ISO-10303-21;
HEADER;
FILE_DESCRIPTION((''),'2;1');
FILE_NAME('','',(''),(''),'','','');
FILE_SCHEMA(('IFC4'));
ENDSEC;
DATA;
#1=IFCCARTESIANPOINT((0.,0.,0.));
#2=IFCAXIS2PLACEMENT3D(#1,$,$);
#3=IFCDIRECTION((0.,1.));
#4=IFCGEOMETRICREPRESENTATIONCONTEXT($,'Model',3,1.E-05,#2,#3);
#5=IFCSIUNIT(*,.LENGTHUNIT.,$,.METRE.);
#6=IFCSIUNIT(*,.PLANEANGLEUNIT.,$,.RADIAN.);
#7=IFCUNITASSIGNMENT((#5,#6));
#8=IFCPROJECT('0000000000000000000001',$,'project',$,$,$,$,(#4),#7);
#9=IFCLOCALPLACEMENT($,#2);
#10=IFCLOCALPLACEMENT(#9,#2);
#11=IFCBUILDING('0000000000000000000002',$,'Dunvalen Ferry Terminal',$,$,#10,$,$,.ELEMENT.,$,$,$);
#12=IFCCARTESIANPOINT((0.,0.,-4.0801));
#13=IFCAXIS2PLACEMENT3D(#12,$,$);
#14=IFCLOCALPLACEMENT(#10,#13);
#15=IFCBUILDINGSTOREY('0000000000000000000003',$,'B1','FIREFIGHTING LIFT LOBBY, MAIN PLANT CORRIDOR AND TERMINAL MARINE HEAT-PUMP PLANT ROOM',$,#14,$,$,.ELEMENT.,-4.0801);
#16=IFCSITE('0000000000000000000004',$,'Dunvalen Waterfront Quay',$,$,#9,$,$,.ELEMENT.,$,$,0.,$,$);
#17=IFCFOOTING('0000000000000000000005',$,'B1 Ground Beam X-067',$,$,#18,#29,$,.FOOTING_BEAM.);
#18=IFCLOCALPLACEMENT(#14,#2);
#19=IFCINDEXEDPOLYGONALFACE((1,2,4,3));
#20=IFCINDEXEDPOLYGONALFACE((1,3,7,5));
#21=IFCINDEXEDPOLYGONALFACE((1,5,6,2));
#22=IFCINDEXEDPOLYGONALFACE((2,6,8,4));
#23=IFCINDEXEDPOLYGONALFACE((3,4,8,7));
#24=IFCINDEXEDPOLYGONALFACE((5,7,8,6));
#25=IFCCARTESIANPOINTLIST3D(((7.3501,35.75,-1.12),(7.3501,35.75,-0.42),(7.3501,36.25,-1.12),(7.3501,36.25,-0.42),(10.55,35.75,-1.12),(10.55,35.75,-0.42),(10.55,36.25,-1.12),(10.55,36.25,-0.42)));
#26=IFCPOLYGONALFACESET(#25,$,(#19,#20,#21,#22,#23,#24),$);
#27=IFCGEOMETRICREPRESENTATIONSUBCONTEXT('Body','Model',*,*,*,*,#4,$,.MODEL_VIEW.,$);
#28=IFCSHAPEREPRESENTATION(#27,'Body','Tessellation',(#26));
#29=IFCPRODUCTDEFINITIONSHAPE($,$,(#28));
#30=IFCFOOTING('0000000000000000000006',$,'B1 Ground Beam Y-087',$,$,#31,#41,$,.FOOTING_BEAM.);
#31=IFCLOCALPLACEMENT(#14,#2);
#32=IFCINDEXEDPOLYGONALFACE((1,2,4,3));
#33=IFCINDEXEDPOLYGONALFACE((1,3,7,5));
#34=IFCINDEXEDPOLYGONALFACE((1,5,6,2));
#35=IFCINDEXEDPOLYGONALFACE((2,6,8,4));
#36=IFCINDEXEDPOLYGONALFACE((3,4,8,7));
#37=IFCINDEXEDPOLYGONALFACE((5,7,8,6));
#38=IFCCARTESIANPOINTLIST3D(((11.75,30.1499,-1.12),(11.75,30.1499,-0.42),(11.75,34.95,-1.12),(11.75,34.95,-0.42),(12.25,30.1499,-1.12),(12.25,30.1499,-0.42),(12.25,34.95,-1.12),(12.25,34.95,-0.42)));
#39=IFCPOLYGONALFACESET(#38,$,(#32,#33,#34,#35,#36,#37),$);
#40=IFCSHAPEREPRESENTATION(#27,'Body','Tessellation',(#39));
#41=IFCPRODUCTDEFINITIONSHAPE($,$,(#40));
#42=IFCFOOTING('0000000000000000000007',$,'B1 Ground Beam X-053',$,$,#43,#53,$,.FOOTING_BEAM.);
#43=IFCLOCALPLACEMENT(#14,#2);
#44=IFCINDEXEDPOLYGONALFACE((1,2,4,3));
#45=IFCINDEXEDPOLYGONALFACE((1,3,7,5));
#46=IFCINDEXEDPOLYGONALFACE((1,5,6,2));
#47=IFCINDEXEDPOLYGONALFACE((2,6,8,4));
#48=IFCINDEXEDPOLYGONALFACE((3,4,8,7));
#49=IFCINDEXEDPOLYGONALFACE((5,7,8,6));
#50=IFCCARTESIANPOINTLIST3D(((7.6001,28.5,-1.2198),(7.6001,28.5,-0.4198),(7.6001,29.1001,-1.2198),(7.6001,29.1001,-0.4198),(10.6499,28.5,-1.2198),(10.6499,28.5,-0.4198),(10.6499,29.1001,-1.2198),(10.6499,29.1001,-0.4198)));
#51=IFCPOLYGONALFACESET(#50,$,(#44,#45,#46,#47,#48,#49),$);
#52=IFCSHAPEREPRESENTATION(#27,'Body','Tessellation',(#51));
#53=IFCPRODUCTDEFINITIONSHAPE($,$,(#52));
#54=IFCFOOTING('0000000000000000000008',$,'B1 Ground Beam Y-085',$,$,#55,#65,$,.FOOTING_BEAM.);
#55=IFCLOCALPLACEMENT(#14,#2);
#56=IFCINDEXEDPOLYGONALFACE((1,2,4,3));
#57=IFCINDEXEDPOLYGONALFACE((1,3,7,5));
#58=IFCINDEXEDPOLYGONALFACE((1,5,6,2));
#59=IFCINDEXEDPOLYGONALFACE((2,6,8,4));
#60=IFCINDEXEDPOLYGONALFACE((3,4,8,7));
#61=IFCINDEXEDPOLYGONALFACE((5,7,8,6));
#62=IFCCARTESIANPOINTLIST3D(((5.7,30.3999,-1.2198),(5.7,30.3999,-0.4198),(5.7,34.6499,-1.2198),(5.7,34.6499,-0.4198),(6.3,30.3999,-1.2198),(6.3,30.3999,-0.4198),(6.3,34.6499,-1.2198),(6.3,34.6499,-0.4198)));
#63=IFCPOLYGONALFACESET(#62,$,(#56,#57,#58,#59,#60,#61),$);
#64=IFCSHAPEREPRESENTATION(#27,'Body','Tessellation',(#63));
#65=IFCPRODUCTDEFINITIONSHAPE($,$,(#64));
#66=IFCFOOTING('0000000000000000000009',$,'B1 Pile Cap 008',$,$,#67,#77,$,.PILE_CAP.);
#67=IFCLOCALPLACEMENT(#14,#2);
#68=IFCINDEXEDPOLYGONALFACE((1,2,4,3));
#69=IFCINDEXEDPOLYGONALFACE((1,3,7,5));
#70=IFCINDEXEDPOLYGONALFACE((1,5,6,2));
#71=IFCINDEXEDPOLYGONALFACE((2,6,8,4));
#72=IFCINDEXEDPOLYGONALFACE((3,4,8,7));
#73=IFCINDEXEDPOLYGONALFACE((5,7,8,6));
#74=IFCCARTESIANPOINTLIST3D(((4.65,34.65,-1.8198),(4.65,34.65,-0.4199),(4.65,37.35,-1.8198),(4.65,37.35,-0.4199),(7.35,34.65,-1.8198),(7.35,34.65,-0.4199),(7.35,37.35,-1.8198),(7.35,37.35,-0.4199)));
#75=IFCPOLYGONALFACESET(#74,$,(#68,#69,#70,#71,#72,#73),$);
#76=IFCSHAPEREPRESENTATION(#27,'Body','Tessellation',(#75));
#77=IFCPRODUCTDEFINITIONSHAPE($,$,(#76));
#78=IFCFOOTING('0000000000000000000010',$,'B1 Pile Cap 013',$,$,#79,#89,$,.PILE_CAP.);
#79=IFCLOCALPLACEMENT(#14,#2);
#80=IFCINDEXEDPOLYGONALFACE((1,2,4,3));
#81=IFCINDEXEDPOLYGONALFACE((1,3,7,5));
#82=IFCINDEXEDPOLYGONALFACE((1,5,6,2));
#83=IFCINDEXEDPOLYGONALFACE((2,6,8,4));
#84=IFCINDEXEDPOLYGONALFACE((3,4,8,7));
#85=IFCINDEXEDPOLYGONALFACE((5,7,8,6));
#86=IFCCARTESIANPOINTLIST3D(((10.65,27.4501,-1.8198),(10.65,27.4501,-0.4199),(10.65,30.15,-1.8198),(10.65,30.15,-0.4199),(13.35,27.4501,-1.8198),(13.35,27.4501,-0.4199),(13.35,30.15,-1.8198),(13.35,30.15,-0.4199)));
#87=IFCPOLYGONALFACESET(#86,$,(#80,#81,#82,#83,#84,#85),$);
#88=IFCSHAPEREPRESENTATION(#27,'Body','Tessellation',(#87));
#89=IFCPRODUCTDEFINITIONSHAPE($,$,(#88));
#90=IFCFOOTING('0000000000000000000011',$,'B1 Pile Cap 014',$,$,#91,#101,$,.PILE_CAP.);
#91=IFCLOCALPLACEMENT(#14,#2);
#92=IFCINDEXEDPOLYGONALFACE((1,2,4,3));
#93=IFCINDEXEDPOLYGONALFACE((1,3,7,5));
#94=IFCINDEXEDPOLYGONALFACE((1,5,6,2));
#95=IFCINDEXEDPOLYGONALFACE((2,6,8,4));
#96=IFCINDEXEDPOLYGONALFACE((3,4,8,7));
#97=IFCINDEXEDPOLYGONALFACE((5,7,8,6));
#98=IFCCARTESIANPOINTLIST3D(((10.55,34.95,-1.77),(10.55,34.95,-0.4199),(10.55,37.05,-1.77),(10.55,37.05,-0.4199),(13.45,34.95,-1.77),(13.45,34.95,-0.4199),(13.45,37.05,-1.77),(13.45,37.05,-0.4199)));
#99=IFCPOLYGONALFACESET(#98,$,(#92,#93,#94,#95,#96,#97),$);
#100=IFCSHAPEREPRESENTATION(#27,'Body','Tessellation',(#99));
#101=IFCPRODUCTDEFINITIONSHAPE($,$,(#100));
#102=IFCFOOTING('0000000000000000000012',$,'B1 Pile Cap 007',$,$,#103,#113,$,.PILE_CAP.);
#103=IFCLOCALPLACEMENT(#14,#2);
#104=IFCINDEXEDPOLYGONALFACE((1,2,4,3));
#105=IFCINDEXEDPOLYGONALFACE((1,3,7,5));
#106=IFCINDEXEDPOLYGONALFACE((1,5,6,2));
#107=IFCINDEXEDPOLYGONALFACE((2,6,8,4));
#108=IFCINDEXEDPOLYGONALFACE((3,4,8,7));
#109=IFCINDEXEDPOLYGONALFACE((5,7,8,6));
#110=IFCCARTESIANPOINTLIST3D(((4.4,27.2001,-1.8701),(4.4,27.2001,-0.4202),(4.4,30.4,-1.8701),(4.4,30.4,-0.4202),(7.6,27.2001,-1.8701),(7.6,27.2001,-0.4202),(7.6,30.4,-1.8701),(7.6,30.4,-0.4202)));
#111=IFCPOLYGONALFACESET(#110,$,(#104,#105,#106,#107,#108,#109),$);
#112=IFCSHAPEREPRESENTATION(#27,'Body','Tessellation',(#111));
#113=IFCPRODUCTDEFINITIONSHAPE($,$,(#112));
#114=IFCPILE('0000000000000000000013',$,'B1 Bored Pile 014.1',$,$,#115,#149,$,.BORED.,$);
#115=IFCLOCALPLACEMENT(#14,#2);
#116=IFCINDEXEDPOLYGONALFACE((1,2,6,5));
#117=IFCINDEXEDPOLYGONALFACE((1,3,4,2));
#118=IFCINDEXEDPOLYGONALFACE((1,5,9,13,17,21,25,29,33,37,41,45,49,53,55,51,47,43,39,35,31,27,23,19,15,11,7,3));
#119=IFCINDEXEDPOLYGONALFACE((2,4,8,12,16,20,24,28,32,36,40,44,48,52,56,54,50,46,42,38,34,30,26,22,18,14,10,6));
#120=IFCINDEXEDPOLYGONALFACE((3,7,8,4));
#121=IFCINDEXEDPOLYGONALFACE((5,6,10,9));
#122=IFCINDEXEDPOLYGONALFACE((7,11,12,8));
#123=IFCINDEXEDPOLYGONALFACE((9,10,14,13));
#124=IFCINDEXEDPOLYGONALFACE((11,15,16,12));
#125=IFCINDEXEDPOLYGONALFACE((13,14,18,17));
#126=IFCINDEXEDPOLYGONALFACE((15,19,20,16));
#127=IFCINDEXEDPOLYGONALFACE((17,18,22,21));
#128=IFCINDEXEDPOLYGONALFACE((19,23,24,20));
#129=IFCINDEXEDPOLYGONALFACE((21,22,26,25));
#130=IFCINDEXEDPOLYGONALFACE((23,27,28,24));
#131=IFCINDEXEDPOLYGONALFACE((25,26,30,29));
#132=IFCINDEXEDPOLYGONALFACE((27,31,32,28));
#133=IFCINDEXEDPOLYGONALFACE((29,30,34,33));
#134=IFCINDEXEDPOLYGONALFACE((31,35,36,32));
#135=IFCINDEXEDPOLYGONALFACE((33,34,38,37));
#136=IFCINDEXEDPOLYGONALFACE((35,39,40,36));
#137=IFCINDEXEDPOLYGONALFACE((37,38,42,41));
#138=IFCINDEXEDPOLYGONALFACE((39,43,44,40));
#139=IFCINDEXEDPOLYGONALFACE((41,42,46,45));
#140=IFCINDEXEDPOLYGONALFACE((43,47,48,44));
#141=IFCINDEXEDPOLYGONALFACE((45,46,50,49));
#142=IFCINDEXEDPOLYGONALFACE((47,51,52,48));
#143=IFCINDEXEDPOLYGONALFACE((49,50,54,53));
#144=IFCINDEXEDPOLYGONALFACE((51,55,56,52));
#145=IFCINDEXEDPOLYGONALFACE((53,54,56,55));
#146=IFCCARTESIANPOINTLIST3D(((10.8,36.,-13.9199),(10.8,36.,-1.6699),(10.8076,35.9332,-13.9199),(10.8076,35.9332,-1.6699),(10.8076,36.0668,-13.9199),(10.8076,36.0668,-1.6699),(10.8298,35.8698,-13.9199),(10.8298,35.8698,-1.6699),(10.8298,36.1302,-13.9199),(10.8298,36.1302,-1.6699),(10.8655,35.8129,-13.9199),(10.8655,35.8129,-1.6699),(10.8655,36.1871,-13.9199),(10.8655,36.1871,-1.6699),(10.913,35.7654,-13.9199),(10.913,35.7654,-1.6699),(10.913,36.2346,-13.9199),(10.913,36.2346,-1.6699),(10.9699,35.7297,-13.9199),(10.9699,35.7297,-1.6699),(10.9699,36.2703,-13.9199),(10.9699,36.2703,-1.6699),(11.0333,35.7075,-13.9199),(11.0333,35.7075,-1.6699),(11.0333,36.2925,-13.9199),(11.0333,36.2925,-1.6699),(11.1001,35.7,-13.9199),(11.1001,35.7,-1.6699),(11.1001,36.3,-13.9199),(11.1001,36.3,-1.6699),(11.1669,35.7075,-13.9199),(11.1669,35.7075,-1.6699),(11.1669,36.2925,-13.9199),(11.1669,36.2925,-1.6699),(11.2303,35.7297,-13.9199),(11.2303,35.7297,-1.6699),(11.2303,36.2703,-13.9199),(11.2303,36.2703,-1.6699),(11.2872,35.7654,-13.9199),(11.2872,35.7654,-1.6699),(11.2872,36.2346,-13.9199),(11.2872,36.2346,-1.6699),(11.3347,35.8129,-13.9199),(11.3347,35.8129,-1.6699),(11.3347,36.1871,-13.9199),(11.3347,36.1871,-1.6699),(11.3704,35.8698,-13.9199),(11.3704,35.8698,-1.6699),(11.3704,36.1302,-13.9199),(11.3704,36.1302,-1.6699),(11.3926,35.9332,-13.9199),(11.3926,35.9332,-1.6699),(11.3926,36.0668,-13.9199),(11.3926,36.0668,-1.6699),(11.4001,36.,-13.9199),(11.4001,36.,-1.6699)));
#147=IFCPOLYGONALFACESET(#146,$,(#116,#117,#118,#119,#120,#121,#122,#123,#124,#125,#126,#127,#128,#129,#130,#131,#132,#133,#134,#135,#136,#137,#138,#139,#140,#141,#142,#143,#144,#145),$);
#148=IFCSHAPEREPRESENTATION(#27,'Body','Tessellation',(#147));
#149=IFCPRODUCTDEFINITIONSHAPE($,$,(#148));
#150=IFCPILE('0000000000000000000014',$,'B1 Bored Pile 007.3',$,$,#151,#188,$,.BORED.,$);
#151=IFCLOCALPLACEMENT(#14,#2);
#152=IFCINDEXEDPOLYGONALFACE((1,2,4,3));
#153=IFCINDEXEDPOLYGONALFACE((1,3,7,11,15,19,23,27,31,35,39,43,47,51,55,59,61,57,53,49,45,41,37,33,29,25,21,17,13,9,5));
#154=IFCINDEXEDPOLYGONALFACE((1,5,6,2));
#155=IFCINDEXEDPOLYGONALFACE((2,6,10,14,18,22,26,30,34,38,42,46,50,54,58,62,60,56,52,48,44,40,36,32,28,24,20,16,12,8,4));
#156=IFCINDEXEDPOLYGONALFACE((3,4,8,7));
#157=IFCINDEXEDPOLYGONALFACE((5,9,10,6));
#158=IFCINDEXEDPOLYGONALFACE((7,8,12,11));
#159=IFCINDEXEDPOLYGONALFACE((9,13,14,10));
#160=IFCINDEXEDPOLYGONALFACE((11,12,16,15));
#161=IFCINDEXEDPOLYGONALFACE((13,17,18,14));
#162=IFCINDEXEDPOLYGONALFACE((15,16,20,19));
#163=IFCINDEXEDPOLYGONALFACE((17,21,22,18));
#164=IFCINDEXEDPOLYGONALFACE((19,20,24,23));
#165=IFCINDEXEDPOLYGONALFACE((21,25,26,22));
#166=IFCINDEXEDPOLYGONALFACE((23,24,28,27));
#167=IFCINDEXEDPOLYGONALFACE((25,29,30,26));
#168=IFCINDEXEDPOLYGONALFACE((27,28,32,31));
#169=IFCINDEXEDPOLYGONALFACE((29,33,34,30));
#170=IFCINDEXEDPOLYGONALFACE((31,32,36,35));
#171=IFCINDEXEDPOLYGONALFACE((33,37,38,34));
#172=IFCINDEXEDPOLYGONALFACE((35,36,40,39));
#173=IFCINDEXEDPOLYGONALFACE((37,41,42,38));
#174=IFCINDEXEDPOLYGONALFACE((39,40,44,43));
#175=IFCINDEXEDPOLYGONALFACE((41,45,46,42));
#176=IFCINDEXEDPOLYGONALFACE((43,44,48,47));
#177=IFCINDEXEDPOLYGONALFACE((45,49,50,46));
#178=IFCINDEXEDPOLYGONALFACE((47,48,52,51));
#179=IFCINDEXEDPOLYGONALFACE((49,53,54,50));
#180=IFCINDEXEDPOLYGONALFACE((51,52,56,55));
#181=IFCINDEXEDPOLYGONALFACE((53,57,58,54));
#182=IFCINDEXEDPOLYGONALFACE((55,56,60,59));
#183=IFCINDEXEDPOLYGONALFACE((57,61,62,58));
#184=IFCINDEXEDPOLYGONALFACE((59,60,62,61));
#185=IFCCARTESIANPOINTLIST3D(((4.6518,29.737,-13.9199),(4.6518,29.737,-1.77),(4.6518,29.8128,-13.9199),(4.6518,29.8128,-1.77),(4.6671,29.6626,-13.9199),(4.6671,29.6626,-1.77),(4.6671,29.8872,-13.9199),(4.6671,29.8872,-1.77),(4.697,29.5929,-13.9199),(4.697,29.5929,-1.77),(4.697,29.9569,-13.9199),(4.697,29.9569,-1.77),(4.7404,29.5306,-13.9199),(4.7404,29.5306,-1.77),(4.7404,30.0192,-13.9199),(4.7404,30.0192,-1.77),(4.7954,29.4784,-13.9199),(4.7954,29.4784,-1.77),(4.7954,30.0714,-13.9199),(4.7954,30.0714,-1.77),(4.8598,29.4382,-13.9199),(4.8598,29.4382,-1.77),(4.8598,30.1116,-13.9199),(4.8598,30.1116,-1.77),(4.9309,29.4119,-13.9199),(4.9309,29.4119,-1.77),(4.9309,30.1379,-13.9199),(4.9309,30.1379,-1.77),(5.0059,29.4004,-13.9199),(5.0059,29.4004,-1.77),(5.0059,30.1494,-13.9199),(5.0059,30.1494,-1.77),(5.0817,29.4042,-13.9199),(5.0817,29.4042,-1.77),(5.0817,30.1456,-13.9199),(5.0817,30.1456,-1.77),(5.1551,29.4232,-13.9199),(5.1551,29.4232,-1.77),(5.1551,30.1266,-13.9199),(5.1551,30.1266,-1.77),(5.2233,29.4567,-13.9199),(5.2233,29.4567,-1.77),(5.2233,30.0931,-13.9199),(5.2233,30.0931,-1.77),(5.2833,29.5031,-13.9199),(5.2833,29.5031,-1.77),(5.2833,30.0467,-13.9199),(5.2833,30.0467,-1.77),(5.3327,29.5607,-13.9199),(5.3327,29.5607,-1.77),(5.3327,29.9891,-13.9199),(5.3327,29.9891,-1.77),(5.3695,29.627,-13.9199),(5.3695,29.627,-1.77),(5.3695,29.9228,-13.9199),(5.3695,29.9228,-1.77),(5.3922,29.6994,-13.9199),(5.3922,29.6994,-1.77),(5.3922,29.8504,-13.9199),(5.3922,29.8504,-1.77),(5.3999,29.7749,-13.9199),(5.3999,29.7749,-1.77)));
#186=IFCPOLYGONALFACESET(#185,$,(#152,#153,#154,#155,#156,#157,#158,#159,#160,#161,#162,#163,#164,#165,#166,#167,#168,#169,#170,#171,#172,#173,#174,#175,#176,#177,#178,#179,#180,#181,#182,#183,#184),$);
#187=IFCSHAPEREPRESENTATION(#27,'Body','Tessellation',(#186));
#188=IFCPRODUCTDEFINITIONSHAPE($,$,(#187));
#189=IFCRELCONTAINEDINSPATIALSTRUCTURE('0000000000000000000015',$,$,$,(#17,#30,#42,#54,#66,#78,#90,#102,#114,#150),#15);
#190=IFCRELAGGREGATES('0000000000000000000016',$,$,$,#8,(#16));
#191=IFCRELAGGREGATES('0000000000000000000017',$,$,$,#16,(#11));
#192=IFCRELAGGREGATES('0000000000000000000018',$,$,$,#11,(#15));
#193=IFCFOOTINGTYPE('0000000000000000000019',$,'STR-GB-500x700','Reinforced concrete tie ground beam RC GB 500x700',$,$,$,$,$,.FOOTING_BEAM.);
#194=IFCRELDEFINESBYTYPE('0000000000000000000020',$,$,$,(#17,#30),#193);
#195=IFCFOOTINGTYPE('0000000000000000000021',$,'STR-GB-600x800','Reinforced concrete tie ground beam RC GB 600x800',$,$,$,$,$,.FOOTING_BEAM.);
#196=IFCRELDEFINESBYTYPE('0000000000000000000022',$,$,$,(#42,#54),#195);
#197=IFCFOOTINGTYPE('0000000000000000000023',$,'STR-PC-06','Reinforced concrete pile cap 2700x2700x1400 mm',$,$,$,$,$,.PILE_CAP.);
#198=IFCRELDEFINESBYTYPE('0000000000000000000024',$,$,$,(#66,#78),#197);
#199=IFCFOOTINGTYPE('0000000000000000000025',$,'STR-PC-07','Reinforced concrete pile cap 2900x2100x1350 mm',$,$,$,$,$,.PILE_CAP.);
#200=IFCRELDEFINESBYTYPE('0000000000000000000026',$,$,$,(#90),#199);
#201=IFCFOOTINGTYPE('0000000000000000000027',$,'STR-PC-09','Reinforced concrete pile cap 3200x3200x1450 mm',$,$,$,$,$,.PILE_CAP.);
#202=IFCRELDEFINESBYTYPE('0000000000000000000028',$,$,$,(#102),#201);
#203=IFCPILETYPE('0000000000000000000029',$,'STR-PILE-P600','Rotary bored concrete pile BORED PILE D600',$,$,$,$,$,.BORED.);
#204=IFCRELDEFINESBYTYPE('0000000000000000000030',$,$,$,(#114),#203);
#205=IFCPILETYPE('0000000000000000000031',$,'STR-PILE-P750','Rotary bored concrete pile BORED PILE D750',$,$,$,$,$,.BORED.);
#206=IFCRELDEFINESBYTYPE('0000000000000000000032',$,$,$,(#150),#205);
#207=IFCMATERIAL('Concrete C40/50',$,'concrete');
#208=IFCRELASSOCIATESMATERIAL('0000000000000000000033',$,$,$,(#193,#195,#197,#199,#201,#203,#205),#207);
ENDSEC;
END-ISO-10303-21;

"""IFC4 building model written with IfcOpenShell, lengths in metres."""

from ifc_helpers import new_model, si_unit, direction, frame, origin, origin_2d, place, context, subcontext, project, spatial, rectangle, circle, extrude, material, material_profile, profile_set, type_object, element, save


model = new_model("IFC4")

# Units and contexts
model_context = context("Model", 3, precision=1e-05, world=origin(), true_north=direction((0.0, 1.0)))
body_context = subcontext(model_context, "Body", "Model", "MODEL_VIEW")
ifc_project = project(units=[si_unit("LENGTHUNIT", "METRE"), si_unit("PLANEANGLEUNIT", "RADIAN")], contexts=[model_context])

# Site, building, storey
site_placement = place(None, origin())
site = spatial("IfcSite", under=ifc_project, at=site_placement, Name="Dunvalen Waterfront Quay", CompositionType="ELEMENT", RefElevation=0.0)
building_placement = place(site_placement, origin())
building = spatial("IfcBuilding", under=site, at=building_placement, Name="Dunvalen Ferry Terminal", CompositionType="ELEMENT")
storey_placement = place(building_placement, frame((0.0, 0.0, -4.0801)))
storey = spatial("IfcBuildingStorey", under=building, at=storey_placement, Name="B1", Description="FIREFIGHTING LIFT LOBBY, MAIN PLANT CORRIDOR AND TERMINAL MARINE HEAT-PUMP PLANT ROOM", CompositionType="ELEMENT", Elevation=-4.0801)

# Footings
ifc_material_1 = material(Name="Concrete C40/50", Category="concrete")
ifc_material_profile_1 = material_profile(ifc_material_1, rectangle(XDim=0.5, YDim=0.7, at=origin_2d()), Name="Concrete C40/50")
ifc_profile_set_1 = profile_set([ifc_material_profile_1], Name="Concrete C40/50")
footing_type_1 = type_object("IfcFootingType", Name="STR-GB-500x700", Description="Reinforced concrete tie ground beam RC GB 500x700", PredefinedType="FOOTING_BEAM", material=ifc_profile_set_1)
footing_1_placement = place(storey_placement, frame((7.3501, 36.0, -0.77), z_axis=(1.0, 0.0, 0.0), x_axis=(0.0, 1.0, 0.0)))
element("IfcFooting", 1, at=footing_1_placement, inside=storey, type_object=footing_type_1, Name="B1 Ground Beam X-067", PredefinedType="FOOTING_BEAM", context=body_context, shape_type="SweptSolid", body=[
    extrude(rectangle(XDim=0.5, YDim=0.7, at=origin_2d()), origin(), (0.0, 0.0, 1.0), 3.2),
])
footing_2_placement = place(storey_placement, frame((12.0, 30.1499, -0.77), z_axis=(0.0, 1.0, 0.0), x_axis=(-1.0, 0.0, 0.0)))
element("IfcFooting", 2, at=footing_2_placement, inside=storey, type_object=footing_type_1, Name="B1 Ground Beam Y-087", PredefinedType="FOOTING_BEAM", context=body_context, shape_type="SweptSolid", body=[
    extrude(rectangle(XDim=0.5, YDim=0.7, at=origin_2d()), origin(), (0.0, 0.0, 1.0), 4.8),
])
ifc_material_profile_2 = material_profile(ifc_material_1, rectangle(XDim=0.6001, YDim=0.8, at=origin_2d()), Name="Concrete C40/50")
ifc_profile_set_2 = profile_set([ifc_material_profile_2], Name="Concrete C40/50")
footing_type_2 = type_object("IfcFootingType", Name="STR-GB-600x800", Description="Reinforced concrete tie ground beam RC GB 600x800", PredefinedType="FOOTING_BEAM", material=ifc_profile_set_2)
footing_3_placement = place(storey_placement, frame((7.6001, 28.8, -0.8198), z_axis=(1.0, 0.0, 0.0), x_axis=(0.0, 1.0, 0.0)))
element("IfcFooting", 3, at=footing_3_placement, inside=storey, type_object=footing_type_2, Name="B1 Ground Beam X-053", PredefinedType="FOOTING_BEAM", context=body_context, shape_type="SweptSolid", body=[
    extrude(rectangle(XDim=0.6001, YDim=0.8, at=origin_2d()), origin(), (0.0, 0.0, 1.0), 3.0498),
])
footing_4_placement = place(storey_placement, frame((6.0, 30.3999, -0.8198), z_axis=(0.0, 1.0, 0.0), x_axis=(-1.0, 0.0, 0.0)))
element("IfcFooting", 4, at=footing_4_placement, inside=storey, type_object=footing_type_2, Name="B1 Ground Beam Y-085", PredefinedType="FOOTING_BEAM", context=body_context, shape_type="SweptSolid", body=[
    extrude(rectangle(XDim=0.6001, YDim=0.8, at=origin_2d()), origin(), (0.0, 0.0, 1.0), 4.25),
])
footing_type_3 = type_object("IfcFootingType", Name="STR-PC-06", Description="Reinforced concrete pile cap 2700x2700x1400 mm", PredefinedType="PILE_CAP", material=ifc_material_1)
for number, where, z_axis, x_axis, name in (
    (5, (6.0, 36.0, -1.8198), (0.0, 0.0, 1.0), (1.0, 0.0, 0.0), "B1 Pile Cap 008"),
    (6, (12.0, 28.8, -1.8198), (0.0, 0.0, 1.0), (1.0, 0.0, 0.0), "B1 Pile Cap 013"),
):
    element("IfcFooting", number, at=place(storey_placement, frame(where, z_axis=z_axis, x_axis=x_axis)), inside=storey, type_object=footing_type_3, Name=name, PredefinedType="PILE_CAP", context=body_context, shape_type="SweptSolid", body=[
        extrude(rectangle(XDim=2.7, YDim=2.7, at=origin_2d()), origin(), (0.0, 0.0, 1.0), 1.3999),
    ])
footing_type_4 = type_object("IfcFootingType", Name="STR-PC-07", Description="Reinforced concrete pile cap 2900x2100x1350 mm", PredefinedType="PILE_CAP", material=ifc_material_1)
footing_5_placement = place(storey_placement, frame((12.0, 36.0, -1.77), z_axis=(0.0, 0.0, 1.0), x_axis=(1.0, 0.0, 0.0)))
element("IfcFooting", 7, at=footing_5_placement, inside=storey, type_object=footing_type_4, Name="B1 Pile Cap 014", PredefinedType="PILE_CAP", context=body_context, shape_type="SweptSolid", body=[
    extrude(rectangle(XDim=2.8999, YDim=2.1001, at=origin_2d()), origin(), (0.0, 0.0, 1.0), 1.3501),
])
footing_type_5 = type_object("IfcFootingType", Name="STR-PC-09", Description="Reinforced concrete pile cap 3200x3200x1450 mm", PredefinedType="PILE_CAP", material=ifc_material_1)
footing_6_placement = place(storey_placement, frame((6.0, 28.8, -1.8701), z_axis=(0.0, 0.0, 1.0), x_axis=(1.0, 0.0, 0.0)))
element("IfcFooting", 8, at=footing_6_placement, inside=storey, type_object=footing_type_5, Name="B1 Pile Cap 007", PredefinedType="PILE_CAP", context=body_context, shape_type="SweptSolid", body=[
    extrude(rectangle(XDim=3.2, YDim=3.2, at=origin_2d()), origin(), (0.0, 0.0, 1.0), 1.45),
])

# Piles
ifc_material_profile_3 = material_profile(ifc_material_1, circle(Radius=0.3, at=origin_2d()), Name="Concrete C40/50")
ifc_profile_set_3 = profile_set([ifc_material_profile_3], Name="Concrete C40/50")
pile_type_1 = type_object("IfcPileType", Name="STR-PILE-P600", Description="Rotary bored concrete pile BORED PILE D600", PredefinedType="BORED", material=ifc_profile_set_3)
pile_placement = place(storey_placement, frame((11.1001, 36.0, -1.6699), z_axis=(0.0, 0.0, -1.0), x_axis=(1.0, 0.0, 0.0)))
element("IfcPile", 9, at=pile_placement, inside=storey, type_object=pile_type_1, Name="B1 Bored Pile 014.1", PredefinedType="BORED", context=body_context, shape_type="SweptSolid", body=[
    extrude(circle(Radius=0.3, at=origin_2d()), origin(), (0.0, 0.0, 1.0), 12.25),
])
ifc_material_profile_4 = material_profile(ifc_material_1, circle(Radius=0.375, at=origin_2d()), Name="Concrete C40/50")
ifc_profile_set_4 = profile_set([ifc_material_profile_4], Name="Concrete C40/50")
pile_type_2 = type_object("IfcPileType", Name="STR-PILE-P750", Description="Rotary bored concrete pile BORED PILE D750", PredefinedType="BORED", material=ifc_profile_set_4)
for number, where, z_axis, x_axis, name in (
    (10, (5.0249, 29.7749, -1.77), (0.0, 0.0, -1.0), (1.0, 0.0, 0.0), "B1 Bored Pile 007.3"),
):
    element("IfcPile", number, at=place(storey_placement, frame(where, z_axis=z_axis, x_axis=x_axis)), inside=storey, type_object=pile_type_2, Name=name, PredefinedType="BORED", context=body_context, shape_type="SweptSolid", body=[
        extrude(circle(Radius=0.375, at=origin_2d()), origin(), (0.0, 0.0, 1.0), 12.1499),
    ])

save(model, "model.ifc")
